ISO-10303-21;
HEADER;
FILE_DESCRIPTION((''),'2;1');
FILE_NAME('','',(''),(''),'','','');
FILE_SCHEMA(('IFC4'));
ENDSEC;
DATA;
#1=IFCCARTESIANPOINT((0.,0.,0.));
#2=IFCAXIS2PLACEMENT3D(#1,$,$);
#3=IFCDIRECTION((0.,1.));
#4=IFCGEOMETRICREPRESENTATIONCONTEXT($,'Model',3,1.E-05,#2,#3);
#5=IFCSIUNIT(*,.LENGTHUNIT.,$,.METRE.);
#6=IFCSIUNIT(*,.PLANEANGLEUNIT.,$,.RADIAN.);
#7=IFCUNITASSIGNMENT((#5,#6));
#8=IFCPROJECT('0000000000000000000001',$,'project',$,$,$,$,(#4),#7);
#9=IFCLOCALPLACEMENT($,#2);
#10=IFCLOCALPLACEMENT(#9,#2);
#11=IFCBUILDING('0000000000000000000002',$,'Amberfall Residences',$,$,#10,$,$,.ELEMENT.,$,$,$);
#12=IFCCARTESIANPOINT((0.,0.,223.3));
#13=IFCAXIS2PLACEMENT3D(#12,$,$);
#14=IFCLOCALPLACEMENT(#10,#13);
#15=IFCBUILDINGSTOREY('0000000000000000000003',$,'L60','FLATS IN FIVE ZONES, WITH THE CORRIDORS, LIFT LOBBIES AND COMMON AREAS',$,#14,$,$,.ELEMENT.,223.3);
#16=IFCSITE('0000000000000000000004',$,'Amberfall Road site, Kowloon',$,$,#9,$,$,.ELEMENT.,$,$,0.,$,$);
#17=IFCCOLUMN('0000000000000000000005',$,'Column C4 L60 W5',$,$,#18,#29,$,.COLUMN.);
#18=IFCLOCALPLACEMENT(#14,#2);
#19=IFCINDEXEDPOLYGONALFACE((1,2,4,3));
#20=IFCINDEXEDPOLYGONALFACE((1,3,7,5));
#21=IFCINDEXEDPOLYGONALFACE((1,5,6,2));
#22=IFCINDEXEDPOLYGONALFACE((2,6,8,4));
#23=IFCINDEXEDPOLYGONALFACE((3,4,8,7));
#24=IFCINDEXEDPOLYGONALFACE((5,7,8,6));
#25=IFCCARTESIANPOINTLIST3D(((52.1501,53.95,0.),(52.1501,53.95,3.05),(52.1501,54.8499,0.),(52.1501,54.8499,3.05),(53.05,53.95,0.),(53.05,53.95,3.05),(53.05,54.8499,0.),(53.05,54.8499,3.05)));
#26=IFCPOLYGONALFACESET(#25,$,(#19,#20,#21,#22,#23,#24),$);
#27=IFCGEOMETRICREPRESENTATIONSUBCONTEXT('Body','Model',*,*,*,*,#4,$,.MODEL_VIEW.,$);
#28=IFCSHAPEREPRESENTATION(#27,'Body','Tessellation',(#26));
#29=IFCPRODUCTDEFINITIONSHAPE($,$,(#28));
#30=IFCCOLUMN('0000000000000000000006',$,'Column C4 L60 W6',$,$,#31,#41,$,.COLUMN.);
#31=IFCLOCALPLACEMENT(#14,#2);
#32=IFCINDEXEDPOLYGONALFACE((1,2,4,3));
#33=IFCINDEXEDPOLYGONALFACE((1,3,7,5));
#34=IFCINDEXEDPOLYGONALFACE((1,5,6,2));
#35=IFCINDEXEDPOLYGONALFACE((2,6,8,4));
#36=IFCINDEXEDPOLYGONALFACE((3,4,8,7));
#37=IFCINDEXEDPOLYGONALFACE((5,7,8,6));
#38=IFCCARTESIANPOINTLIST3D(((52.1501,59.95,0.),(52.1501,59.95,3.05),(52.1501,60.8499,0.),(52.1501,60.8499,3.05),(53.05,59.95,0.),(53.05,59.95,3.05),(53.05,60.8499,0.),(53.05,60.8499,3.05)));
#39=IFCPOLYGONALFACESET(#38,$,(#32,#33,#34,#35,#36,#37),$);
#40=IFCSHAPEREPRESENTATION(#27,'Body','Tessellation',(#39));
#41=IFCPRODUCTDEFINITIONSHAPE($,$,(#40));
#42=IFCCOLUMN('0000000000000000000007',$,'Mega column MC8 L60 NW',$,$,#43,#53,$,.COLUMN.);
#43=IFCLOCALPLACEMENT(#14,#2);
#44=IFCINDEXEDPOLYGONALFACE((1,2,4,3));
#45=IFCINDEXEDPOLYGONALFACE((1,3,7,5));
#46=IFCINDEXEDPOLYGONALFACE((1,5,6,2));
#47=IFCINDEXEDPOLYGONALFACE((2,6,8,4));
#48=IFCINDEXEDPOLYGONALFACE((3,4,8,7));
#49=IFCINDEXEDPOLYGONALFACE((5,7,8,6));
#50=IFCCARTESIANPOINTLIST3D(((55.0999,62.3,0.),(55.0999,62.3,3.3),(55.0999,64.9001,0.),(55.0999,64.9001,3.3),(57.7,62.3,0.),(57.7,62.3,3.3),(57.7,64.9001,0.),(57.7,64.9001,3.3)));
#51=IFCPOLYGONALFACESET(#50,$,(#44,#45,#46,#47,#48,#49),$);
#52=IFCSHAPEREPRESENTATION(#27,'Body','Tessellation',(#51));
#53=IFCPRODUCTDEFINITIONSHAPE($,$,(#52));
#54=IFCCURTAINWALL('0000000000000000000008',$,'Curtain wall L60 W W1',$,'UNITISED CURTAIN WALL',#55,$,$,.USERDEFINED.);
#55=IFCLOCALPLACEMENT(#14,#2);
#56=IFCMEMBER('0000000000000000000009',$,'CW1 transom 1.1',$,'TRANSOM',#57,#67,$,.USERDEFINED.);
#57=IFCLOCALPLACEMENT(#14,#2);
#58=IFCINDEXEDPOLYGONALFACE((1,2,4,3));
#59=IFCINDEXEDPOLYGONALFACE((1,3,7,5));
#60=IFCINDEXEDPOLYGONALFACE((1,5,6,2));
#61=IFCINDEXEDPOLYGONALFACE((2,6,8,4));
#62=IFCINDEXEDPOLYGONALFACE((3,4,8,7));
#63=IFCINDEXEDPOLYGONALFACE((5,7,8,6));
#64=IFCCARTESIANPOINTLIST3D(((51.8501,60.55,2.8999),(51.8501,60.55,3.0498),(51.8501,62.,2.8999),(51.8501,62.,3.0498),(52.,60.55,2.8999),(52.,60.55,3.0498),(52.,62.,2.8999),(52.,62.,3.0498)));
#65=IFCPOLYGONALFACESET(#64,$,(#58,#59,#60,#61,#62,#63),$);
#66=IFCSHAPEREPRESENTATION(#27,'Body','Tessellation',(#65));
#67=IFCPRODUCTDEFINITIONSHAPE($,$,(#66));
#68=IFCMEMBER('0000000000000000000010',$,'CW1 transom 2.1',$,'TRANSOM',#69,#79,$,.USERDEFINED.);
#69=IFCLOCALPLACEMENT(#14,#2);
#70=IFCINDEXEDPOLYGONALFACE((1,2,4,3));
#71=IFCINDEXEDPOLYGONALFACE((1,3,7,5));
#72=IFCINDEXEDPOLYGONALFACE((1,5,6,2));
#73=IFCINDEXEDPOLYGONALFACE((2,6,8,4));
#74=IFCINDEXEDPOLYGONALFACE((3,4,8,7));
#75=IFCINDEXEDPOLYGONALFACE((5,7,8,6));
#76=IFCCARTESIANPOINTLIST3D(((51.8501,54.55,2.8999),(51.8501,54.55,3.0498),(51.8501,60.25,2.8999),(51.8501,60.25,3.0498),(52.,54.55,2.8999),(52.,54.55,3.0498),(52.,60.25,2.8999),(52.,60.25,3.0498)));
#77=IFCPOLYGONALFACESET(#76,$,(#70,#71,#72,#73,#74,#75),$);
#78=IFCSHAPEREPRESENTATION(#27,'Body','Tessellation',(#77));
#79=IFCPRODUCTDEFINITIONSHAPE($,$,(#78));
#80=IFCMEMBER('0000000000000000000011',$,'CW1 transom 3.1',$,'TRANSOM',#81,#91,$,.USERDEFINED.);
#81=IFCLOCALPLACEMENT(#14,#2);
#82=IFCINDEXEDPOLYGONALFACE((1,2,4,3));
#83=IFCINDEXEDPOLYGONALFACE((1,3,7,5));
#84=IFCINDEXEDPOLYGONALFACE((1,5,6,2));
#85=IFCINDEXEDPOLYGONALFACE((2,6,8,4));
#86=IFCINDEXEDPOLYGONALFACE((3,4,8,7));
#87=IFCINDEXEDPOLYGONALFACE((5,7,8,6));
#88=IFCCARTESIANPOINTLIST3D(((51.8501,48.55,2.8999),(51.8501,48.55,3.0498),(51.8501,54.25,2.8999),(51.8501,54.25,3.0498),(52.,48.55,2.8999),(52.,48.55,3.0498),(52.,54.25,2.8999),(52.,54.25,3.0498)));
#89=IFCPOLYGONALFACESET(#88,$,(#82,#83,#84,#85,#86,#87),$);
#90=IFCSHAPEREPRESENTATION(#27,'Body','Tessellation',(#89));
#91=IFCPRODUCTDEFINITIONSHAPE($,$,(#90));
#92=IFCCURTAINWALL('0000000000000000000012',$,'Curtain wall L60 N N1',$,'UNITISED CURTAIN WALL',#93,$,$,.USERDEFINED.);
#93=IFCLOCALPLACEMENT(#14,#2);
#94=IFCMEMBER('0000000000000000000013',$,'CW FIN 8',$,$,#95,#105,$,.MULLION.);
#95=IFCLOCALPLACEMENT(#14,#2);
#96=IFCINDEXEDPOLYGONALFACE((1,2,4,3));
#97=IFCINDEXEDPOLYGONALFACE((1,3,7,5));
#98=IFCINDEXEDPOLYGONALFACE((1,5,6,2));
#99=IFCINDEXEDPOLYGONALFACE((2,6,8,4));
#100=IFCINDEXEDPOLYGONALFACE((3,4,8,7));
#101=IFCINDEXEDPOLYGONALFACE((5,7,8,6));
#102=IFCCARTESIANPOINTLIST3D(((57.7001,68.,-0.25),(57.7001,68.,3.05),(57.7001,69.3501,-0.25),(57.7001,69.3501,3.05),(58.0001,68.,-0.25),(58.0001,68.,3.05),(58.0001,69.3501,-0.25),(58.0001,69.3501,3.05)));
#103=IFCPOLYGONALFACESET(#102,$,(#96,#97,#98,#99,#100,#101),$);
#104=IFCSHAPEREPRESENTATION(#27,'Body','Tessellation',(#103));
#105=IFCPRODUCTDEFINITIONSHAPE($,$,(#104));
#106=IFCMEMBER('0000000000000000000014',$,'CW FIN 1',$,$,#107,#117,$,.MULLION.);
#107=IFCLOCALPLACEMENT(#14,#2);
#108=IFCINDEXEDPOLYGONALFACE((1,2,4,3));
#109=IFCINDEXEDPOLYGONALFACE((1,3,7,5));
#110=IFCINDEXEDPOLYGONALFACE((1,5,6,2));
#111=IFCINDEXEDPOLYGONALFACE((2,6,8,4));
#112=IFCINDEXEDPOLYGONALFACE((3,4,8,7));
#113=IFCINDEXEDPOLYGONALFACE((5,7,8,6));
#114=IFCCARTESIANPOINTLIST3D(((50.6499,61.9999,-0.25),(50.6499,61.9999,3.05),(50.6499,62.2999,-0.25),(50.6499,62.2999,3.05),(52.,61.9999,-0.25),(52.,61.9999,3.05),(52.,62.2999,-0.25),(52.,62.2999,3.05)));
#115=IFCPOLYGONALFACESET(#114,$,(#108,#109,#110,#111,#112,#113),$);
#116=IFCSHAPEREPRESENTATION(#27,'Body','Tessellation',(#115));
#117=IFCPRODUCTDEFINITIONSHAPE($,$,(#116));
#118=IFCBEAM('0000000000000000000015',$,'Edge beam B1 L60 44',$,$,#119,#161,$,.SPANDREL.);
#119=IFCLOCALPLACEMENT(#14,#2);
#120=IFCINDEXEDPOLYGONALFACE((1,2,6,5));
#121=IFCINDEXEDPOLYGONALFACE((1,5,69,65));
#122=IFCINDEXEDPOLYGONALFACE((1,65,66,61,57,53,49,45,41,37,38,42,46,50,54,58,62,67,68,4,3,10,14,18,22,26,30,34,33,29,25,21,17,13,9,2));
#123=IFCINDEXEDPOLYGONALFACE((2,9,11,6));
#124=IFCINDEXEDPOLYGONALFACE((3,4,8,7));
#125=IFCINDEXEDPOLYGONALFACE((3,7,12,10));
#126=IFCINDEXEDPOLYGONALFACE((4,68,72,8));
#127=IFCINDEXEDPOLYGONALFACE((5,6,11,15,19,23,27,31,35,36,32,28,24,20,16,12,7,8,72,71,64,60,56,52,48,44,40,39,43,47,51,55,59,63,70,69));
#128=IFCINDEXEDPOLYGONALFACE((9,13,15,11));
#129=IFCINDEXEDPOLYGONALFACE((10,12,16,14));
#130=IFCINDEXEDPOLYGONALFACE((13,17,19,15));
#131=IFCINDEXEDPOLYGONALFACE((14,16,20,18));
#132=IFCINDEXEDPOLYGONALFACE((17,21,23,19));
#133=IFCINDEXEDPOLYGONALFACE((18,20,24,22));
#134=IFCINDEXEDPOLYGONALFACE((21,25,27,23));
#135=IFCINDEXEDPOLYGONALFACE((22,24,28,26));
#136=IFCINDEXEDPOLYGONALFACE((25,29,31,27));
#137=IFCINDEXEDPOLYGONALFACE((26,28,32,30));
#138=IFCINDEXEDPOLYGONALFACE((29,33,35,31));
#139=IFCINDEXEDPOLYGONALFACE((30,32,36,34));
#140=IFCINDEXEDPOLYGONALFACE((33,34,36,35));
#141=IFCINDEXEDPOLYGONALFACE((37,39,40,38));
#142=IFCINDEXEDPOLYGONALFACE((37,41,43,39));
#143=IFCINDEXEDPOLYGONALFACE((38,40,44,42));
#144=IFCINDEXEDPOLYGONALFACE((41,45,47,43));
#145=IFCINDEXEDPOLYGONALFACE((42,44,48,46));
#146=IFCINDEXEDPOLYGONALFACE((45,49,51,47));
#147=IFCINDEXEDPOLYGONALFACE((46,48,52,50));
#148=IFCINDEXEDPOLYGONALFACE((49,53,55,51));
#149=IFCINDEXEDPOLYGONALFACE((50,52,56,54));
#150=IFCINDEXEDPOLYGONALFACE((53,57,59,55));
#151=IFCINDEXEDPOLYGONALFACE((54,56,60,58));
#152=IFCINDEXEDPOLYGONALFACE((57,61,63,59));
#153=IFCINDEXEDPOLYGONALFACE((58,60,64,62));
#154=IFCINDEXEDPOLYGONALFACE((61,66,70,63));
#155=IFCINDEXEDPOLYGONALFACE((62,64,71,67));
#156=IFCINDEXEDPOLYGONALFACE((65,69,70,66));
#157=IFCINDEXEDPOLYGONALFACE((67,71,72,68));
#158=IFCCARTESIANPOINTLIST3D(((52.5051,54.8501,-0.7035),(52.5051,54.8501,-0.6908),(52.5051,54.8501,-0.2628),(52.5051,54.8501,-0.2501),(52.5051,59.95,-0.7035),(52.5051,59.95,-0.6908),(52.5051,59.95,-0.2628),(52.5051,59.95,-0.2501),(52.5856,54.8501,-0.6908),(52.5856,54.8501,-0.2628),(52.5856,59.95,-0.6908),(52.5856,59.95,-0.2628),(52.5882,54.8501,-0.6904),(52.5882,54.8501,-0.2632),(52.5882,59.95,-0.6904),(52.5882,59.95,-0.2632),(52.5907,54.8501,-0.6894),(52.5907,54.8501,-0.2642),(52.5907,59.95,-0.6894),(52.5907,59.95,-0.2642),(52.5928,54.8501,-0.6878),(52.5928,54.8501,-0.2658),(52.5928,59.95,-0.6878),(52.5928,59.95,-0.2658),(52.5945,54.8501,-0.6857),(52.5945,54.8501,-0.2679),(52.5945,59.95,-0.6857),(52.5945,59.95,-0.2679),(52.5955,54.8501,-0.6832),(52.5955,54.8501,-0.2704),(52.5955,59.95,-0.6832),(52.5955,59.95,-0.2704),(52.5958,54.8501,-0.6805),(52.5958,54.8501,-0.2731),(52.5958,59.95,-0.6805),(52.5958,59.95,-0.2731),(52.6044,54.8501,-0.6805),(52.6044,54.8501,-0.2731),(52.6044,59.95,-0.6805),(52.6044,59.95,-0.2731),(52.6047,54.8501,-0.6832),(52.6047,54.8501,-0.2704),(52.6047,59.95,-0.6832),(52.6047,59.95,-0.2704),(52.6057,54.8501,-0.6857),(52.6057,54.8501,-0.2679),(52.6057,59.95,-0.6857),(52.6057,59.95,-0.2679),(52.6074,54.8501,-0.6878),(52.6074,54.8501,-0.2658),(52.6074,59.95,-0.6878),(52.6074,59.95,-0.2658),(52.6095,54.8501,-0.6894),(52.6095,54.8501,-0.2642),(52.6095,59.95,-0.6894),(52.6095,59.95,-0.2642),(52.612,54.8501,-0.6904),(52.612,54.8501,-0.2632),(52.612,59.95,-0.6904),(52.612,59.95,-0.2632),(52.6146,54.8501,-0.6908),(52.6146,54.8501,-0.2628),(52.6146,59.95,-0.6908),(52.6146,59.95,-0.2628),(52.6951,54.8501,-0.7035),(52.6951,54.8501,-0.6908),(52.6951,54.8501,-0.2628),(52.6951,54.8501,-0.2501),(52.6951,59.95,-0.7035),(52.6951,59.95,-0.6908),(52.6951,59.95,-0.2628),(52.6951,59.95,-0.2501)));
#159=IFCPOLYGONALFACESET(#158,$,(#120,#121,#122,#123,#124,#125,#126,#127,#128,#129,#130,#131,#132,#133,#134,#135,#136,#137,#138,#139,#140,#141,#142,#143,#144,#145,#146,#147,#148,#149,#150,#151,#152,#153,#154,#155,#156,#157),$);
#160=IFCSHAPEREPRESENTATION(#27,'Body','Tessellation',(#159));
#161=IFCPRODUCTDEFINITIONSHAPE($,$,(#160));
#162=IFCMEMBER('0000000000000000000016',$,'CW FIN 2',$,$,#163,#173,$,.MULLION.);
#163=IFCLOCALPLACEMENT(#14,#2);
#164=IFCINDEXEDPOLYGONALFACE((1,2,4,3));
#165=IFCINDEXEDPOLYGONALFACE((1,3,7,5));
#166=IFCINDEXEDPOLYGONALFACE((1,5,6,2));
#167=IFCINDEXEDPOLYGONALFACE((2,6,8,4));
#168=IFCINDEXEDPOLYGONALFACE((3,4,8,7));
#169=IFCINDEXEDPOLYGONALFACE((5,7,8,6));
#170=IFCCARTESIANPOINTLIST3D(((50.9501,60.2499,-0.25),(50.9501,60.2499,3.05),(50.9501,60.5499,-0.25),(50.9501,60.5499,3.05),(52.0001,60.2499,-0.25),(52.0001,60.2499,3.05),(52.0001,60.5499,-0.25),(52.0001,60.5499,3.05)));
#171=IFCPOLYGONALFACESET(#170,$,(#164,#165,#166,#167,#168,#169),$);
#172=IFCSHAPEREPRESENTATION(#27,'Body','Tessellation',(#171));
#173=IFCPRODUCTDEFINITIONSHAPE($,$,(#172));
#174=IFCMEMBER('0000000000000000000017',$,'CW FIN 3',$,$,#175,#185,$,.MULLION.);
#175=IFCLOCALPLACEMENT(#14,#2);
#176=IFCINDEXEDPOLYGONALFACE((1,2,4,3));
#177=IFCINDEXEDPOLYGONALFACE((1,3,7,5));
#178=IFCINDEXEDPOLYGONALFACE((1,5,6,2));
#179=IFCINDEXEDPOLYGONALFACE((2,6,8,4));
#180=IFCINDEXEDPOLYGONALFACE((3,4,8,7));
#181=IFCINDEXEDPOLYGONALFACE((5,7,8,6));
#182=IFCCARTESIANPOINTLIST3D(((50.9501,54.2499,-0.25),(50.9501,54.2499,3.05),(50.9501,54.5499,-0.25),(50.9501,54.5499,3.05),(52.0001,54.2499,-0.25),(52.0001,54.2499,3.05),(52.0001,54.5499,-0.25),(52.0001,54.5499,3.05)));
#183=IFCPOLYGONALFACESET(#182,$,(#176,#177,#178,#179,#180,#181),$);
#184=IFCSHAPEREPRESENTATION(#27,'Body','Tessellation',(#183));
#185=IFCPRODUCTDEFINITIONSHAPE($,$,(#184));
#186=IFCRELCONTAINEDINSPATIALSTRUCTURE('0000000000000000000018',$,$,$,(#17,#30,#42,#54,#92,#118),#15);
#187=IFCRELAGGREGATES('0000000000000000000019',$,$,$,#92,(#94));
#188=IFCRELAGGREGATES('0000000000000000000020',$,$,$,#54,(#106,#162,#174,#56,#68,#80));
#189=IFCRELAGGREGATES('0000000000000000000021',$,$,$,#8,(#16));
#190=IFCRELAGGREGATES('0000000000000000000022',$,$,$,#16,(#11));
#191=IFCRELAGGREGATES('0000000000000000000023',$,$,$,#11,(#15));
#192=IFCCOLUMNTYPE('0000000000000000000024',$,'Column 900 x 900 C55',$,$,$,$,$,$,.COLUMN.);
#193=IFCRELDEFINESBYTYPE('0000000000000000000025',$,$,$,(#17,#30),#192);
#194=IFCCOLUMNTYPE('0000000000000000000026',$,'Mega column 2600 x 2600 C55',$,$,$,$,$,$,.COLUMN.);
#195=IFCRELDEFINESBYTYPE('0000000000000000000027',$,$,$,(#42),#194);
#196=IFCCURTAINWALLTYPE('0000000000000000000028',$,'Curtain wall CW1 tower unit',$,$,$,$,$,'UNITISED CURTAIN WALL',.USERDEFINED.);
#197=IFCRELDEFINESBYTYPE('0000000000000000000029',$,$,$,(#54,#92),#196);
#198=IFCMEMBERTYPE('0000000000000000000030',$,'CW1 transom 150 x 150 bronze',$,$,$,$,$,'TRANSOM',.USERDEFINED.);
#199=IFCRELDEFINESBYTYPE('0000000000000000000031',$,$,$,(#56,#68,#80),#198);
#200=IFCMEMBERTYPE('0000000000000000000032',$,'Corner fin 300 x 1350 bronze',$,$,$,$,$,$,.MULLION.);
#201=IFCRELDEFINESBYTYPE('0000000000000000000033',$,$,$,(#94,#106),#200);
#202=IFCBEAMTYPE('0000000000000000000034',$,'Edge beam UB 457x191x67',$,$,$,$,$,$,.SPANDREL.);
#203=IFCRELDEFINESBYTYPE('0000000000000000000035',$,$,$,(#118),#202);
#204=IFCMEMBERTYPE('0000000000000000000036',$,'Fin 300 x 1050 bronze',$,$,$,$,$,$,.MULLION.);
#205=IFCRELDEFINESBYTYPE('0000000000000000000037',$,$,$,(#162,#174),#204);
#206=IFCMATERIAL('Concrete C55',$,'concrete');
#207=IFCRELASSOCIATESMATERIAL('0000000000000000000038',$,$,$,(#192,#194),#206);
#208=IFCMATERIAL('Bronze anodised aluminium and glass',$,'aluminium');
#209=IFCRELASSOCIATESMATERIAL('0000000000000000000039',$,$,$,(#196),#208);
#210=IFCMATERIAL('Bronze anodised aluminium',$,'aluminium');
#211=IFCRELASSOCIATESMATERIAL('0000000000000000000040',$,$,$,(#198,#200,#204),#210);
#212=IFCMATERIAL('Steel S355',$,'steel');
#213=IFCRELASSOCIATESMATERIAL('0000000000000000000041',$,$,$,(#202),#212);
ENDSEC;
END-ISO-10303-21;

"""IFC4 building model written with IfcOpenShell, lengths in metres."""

from ifc_helpers import new_model, si_unit, direction, frame, origin, origin_2d, place, context, subcontext, project, spatial, rectangle, i_section, extrude, material, material_profile, profile_set, type_object, element, aggregate, save


model = new_model("IFC4")

# Units and contexts
model_context = context("Model", 3, precision=1e-05, world=origin(), true_north=direction((0.0, 1.0)))
body_context = subcontext(model_context, "Body", "Model", "MODEL_VIEW")
ifc_project = project(units=[si_unit("LENGTHUNIT", "METRE"), si_unit("PLANEANGLEUNIT", "RADIAN")], contexts=[model_context])

# Site, building, storey
site_placement = place(None, origin())
site = spatial("IfcSite", under=ifc_project, at=site_placement, Name="Amberfall Road site, Kowloon", CompositionType="ELEMENT", RefElevation=0.0)
building_placement = place(site_placement, origin())
building = spatial("IfcBuilding", under=site, at=building_placement, Name="Amberfall Residences", CompositionType="ELEMENT")
storey_placement = place(building_placement, frame((0.0, 0.0, 223.3)))
storey = spatial("IfcBuildingStorey", under=building, at=storey_placement, Name="L60", Description="FLATS IN FIVE ZONES, WITH THE CORRIDORS, LIFT LOBBIES AND COMMON AREAS", CompositionType="ELEMENT", Elevation=223.3)

# Columns
ifc_material_1 = material(Name="Concrete C55", Category="concrete")
ifc_material_profile_1 = material_profile(ifc_material_1, rectangle(XDim=0.8999, YDim=0.8999, at=origin_2d()), Name="Column 900 x 900 C55")
ifc_profile_set_1 = profile_set([ifc_material_profile_1], Name="Concrete C55")
column_type_1 = type_object("IfcColumnType", Name="Column 900 x 900 C55", PredefinedType="COLUMN", material=ifc_profile_set_1)
for number, where, z_axis, x_axis, name in (
    (1, (52.6001, 54.3999, 0.0), (0.0, 0.0, 1.0), (1.0, 0.0, 0.0), "Column C4 L60 W5"),
    (2, (52.6001, 60.3999, 0.0), (0.0, 0.0, 1.0), (1.0, 0.0, 0.0), "Column C4 L60 W6"),
):
    element("IfcColumn", number, at=place(storey_placement, frame(where, z_axis=z_axis, x_axis=x_axis)), inside=storey, type_object=column_type_1, Name=name, PredefinedType="COLUMN", context=body_context, shape_type="SweptSolid", body=[
        extrude(rectangle(XDim=0.8999, YDim=0.8999, at=origin_2d()), origin(), (0.0, 0.0, 1.0), 3.05),
    ])
ifc_material_profile_2 = material_profile(ifc_material_1, rectangle(XDim=2.6001, YDim=2.6001, at=origin_2d()), Name="Mega column 2600 x 2600 C55")
ifc_profile_set_2 = profile_set([ifc_material_profile_2], Name="Concrete C55")
column_type_2 = type_object("IfcColumnType", Name="Mega column 2600 x 2600 C55", PredefinedType="COLUMN", material=ifc_profile_set_2)
column_placement = place(storey_placement, frame((56.3999, 63.6001, 0.0), z_axis=(0.0, 0.0, 1.0), x_axis=(1.0, 0.0, 0.0)))
element("IfcColumn", 3, at=column_placement, inside=storey, type_object=column_type_2, Name="Mega column MC8 L60 NW", PredefinedType="COLUMN", context=body_context, shape_type="SweptSolid", body=[
    extrude(rectangle(XDim=2.6001, YDim=2.6001, at=origin_2d()), origin(), (0.0, 0.0, 1.0), 3.3),
])

# Curtain wall, members
ifc_material_2 = material(Name="Bronze anodised aluminium and glass", Category="aluminium")
curtain_wall_type = type_object("IfcCurtainWallType", Name="Curtain wall CW1 tower unit", ElementType="UNITISED CURTAIN WALL", PredefinedType="USERDEFINED", material=ifc_material_2)
curtain_wall_1_placement = place(storey_placement, origin())
curtain_wall_1 = element("IfcCurtainWall", 4, at=curtain_wall_1_placement, inside=storey, type_object=curtain_wall_type, Name="Curtain wall L60 W W1", ObjectType="UNITISED CURTAIN WALL", PredefinedType="USERDEFINED")
ifc_material_3 = material(Name="Bronze anodised aluminium", Category="aluminium")
ifc_material_profile_3 = material_profile(ifc_material_3, rectangle(XDim=0.1499, YDim=0.1499, at=origin_2d()), Name="CW1 transom 150 x 150 bronze")
ifc_profile_set_3 = profile_set([ifc_material_profile_3], Name="Bronze anodised aluminium")
member_type_1 = type_object("IfcMemberType", Name="CW1 transom 150 x 150 bronze", ElementType="TRANSOM", PredefinedType="USERDEFINED", material=ifc_profile_set_3)
member_1_placement = place(storey_placement, frame((51.925, 62.0, 2.9749), z_axis=(0.0, -1.0, 0.0), x_axis=(1.0, 0.0, 0.0)))
member_1 = element("IfcMember", 5, at=member_1_placement, type_object=member_type_1, Name="CW1 transom 1.1", ObjectType="TRANSOM", PredefinedType="USERDEFINED", context=body_context, shape_type="SweptSolid", body=[
    extrude(rectangle(XDim=0.1499, YDim=0.1499, at=origin_2d()), origin(), (0.0, 0.0, 1.0), 1.45),
])
member_2_placement = place(storey_placement, frame((51.925, 60.25, 2.9749), z_axis=(0.0, -1.0, 0.0), x_axis=(1.0, 0.0, 0.0)))
member_2 = element("IfcMember", 6, at=member_2_placement, type_object=member_type_1, Name="CW1 transom 2.1", ObjectType="TRANSOM", PredefinedType="USERDEFINED", context=body_context, shape_type="SweptSolid", body=[
    extrude(rectangle(XDim=0.1499, YDim=0.1499, at=origin_2d()), origin(), (0.0, 0.0, 1.0), 5.7),
])
member_3_placement = place(storey_placement, frame((51.925, 54.25, 2.9749), z_axis=(0.0, -1.0, 0.0), x_axis=(1.0, 0.0, 0.0)))
member_3 = element("IfcMember", 7, at=member_3_placement, type_object=member_type_1, Name="CW1 transom 3.1", ObjectType="TRANSOM", PredefinedType="USERDEFINED", context=body_context, shape_type="SweptSolid", body=[
    extrude(rectangle(XDim=0.1499, YDim=0.1499, at=origin_2d()), origin(), (0.0, 0.0, 1.0), 5.7),
])

# Curtain wall, member
curtain_wall_2_placement = place(storey_placement, origin())
curtain_wall_2 = element("IfcCurtainWall", 8, at=curtain_wall_2_placement, inside=storey, type_object=curtain_wall_type, Name="Curtain wall L60 N N1", ObjectType="UNITISED CURTAIN WALL", PredefinedType="USERDEFINED")
ifc_material_profile_4 = material_profile(ifc_material_3, rectangle(XDim=1.3501, YDim=0.3, at=origin_2d()), Name="Corner fin 300 x 1350 bronze")
ifc_profile_set_4 = profile_set([ifc_material_profile_4], Name="Bronze anodised aluminium")
member_type_2 = type_object("IfcMemberType", Name="Corner fin 300 x 1350 bronze", PredefinedType="MULLION", material=ifc_profile_set_4)
member_4_placement = place(storey_placement, frame((57.8501, 68.675, -0.25), z_axis=(0.0, 0.0, 1.0), x_axis=(0.0, -1.0, 0.0)))
member_4 = element("IfcMember", 9, at=member_4_placement, type_object=member_type_2, Name="CW FIN 8", PredefinedType="MULLION", context=body_context, shape_type="SweptSolid", body=[
    extrude(rectangle(XDim=1.3501, YDim=0.3, at=origin_2d()), origin(), (0.0, 0.0, 1.0), 3.3),
])
aggregate(curtain_wall_2, [member_4])

# Member
member_5_placement = place(storey_placement, frame((51.325, 62.1499, -0.25), z_axis=(0.0, 0.0, 1.0), x_axis=(1.0, 0.0, 0.0)))
member_5 = element("IfcMember", 10, at=member_5_placement, type_object=member_type_2, Name="CW FIN 1", PredefinedType="MULLION", context=body_context, shape_type="SweptSolid", body=[
    extrude(rectangle(XDim=1.3501, YDim=0.3, at=origin_2d()), origin(), (0.0, 0.0, 1.0), 3.3),
])

# Beam
ifc_material_4 = material(Name="Steel S355", Category="steel")
ifc_material_profile_5 = material_profile(ifc_material_4, i_section(OverallWidth=0.1899, OverallDepth=0.4534, WebThickness=0.0085, FlangeThickness=0.0127, FilletRadius=0.0103, at=origin_2d()), Name="UB 457x191x67")
ifc_profile_set_5 = profile_set([ifc_material_profile_5], Name="Steel S355")
beam_type_1 = type_object("IfcBeamType", Name="Edge beam UB 457x191x67", PredefinedType="SPANDREL", material=ifc_profile_set_5)
beam_1_placement = place(storey_placement, frame((52.6001, 54.8501, -0.4768), z_axis=(0.0, 1.0, 0.0), x_axis=(-1.0, 0.0, 0.0)))
element("IfcBeam", 11, at=beam_1_placement, inside=storey, type_object=beam_type_1, Name="Edge beam B1 L60 44", PredefinedType="SPANDREL", context=body_context, shape_type="SweptSolid", body=[
    extrude(i_section(OverallWidth=0.1899, OverallDepth=0.4534, WebThickness=0.0085, FlangeThickness=0.0127, FilletRadius=0.0103, at=origin_2d()), origin(), (0.0, 0.0, 1.0), 5.0999),
])

# Members
ifc_material_profile_6 = material_profile(ifc_material_3, rectangle(XDim=1.05, YDim=0.3, at=origin_2d()), Name="Fin 300 x 1050 bronze")
ifc_profile_set_6 = profile_set([ifc_material_profile_6], Name="Bronze anodised aluminium")
member_type_3 = type_object("IfcMemberType", Name="Fin 300 x 1050 bronze", PredefinedType="MULLION", material=ifc_profile_set_6)
member_6_placement = place(storey_placement, frame((51.4751, 60.3999, -0.25), z_axis=(0.0, 0.0, 1.0), x_axis=(1.0, 0.0, 0.0)))
member_6 = element("IfcMember", 12, at=member_6_placement, type_object=member_type_3, Name="CW FIN 2", PredefinedType="MULLION", context=body_context, shape_type="SweptSolid", body=[
    extrude(rectangle(XDim=1.05, YDim=0.3, at=origin_2d()), origin(), (0.0, 0.0, 1.0), 3.3),
])
member_7_placement = place(storey_placement, frame((51.4751, 54.3999, -0.25), z_axis=(0.0, 0.0, 1.0), x_axis=(1.0, 0.0, 0.0)))
member_7 = element("IfcMember", 13, at=member_7_placement, type_object=member_type_3, Name="CW FIN 3", PredefinedType="MULLION", context=body_context, shape_type="SweptSolid", body=[
    extrude(rectangle(XDim=1.05, YDim=0.3, at=origin_2d()), origin(), (0.0, 0.0, 1.0), 3.3),
])

aggregate(curtain_wall_1, [member_5, member_6, member_7, member_1, member_2, member_3])

save(model, "model.ifc")
